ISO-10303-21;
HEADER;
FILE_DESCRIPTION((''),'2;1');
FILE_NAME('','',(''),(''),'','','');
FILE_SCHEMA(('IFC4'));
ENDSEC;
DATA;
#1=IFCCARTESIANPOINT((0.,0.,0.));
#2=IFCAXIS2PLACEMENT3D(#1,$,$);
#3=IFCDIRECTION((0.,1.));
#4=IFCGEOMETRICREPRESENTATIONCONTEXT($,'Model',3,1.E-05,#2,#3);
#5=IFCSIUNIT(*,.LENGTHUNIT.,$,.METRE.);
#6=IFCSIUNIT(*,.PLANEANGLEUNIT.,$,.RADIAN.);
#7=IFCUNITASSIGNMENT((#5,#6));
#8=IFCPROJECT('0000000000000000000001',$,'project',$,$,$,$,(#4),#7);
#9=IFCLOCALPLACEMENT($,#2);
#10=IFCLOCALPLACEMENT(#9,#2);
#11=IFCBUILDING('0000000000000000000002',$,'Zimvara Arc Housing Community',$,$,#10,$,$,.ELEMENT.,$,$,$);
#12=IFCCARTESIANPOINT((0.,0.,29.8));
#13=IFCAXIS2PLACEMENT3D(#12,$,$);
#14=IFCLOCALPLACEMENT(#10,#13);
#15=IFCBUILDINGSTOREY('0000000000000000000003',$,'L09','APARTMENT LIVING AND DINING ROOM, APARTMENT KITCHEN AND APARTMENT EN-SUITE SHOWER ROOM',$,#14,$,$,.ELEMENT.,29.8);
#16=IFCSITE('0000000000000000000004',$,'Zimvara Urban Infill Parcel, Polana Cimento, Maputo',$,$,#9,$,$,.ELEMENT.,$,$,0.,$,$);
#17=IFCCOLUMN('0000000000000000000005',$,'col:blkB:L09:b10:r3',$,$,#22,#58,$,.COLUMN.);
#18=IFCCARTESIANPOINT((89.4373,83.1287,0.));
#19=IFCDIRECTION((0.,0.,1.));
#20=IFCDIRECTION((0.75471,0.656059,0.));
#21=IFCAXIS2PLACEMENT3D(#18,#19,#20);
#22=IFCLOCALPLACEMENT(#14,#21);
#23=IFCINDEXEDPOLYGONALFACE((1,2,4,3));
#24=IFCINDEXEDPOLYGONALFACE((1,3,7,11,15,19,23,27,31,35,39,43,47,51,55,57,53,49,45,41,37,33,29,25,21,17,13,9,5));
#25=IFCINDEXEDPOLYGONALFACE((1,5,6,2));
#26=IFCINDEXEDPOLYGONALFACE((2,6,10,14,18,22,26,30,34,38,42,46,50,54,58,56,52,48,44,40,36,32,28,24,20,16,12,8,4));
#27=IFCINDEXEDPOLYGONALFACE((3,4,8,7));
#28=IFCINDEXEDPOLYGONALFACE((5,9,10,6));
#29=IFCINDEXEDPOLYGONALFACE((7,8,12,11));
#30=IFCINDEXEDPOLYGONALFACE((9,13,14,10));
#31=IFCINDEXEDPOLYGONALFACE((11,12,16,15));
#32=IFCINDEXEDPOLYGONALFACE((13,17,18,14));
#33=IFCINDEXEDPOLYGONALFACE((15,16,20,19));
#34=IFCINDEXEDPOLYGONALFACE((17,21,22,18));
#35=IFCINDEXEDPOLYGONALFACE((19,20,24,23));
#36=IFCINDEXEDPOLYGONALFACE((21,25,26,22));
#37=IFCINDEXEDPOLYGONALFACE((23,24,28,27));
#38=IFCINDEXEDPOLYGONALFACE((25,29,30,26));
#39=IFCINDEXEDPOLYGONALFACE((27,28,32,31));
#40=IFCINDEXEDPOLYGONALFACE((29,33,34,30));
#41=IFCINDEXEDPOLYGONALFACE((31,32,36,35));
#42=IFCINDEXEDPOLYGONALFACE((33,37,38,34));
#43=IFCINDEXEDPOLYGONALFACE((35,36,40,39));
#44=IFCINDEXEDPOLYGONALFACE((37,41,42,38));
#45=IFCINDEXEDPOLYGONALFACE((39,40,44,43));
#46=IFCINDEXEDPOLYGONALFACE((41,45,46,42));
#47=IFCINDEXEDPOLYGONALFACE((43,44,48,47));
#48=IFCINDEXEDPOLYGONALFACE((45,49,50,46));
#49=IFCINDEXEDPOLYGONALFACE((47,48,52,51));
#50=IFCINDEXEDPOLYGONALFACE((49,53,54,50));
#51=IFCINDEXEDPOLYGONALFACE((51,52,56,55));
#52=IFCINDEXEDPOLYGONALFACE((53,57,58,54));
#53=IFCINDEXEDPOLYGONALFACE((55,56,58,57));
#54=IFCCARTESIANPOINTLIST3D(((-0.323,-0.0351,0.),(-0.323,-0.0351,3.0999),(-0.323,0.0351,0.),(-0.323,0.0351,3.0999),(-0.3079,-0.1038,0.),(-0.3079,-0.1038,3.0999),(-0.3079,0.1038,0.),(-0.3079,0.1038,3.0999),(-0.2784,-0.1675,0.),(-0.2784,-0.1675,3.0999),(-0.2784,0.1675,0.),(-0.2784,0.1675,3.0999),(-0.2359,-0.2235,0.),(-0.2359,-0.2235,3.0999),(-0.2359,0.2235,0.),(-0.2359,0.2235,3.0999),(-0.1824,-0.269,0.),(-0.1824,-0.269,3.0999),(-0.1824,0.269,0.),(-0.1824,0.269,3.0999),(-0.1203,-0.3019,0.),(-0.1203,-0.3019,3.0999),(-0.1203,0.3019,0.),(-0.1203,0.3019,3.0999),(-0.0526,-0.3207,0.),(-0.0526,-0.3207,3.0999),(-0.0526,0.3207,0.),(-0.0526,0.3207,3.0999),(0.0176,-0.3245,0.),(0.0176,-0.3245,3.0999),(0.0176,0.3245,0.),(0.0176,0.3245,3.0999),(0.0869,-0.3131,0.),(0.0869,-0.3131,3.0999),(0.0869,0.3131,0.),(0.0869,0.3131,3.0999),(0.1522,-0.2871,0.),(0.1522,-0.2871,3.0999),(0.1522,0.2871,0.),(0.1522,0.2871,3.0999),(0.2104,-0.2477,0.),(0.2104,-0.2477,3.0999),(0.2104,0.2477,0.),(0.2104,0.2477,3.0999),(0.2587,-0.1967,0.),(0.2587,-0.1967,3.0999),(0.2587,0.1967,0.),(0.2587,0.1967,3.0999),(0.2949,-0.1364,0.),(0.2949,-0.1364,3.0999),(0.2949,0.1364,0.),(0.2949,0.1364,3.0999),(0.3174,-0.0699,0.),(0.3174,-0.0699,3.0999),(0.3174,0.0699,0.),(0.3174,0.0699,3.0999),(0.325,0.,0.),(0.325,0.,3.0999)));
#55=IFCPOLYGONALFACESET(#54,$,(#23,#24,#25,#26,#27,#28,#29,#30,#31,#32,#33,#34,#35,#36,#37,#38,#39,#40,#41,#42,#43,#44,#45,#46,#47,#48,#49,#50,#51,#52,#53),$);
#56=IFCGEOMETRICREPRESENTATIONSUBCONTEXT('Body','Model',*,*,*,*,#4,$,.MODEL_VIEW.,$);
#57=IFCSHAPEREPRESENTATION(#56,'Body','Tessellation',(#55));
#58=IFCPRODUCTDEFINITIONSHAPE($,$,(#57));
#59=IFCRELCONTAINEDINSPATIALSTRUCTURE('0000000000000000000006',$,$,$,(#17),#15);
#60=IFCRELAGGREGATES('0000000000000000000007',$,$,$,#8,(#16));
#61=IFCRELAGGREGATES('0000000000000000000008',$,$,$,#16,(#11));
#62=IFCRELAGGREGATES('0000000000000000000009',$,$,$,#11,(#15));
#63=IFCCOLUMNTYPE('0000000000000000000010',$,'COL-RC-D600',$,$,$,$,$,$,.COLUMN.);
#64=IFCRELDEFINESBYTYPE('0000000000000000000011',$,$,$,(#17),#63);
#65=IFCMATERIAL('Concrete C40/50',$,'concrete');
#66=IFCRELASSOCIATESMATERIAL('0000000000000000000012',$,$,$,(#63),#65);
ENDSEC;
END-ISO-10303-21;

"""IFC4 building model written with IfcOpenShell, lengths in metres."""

from ifc_helpers import new_model, si_unit, direction, frame, origin, origin_2d, place, context, subcontext, project, spatial, circle, extrude, material, material_profile, profile_set, type_object, element, save


model = new_model("IFC4")

# Units and contexts
model_context = context("Model", 3, precision=1e-05, world=origin(), true_north=direction((0.0, 1.0)))
body_context = subcontext(model_context, "Body", "Model", "MODEL_VIEW")
ifc_project = project(units=[si_unit("LENGTHUNIT", "METRE"), si_unit("PLANEANGLEUNIT", "RADIAN")], contexts=[model_context])

# Site, building, storey
site_placement = place(None, origin())
site = spatial("IfcSite", under=ifc_project, at=site_placement, Name="Zimvara Urban Infill Parcel, Polana Cimento, Maputo", CompositionType="ELEMENT", RefElevation=0.0)
building_placement = place(site_placement, origin())
building = spatial("IfcBuilding", under=site, at=building_placement, Name="Zimvara Arc Housing Community", CompositionType="ELEMENT")
storey_placement = place(building_placement, frame((0.0, 0.0, 29.8)))
storey = spatial("IfcBuildingStorey", under=building, at=storey_placement, Name="L09", Description="APARTMENT LIVING AND DINING ROOM, APARTMENT KITCHEN AND APARTMENT EN-SUITE SHOWER ROOM", CompositionType="ELEMENT", Elevation=29.8)

# Column
ifc_material_1 = material(Name="Concrete C40/50", Category="concrete")
ifc_material_profile_1 = material_profile(ifc_material_1, circle(Radius=0.325, at=origin_2d()), Name="RC D650")
ifc_profile_set_1 = profile_set([ifc_material_profile_1], Name="Concrete C40/50")
column_type_1 = type_object("IfcColumnType", Name="COL-RC-D600", PredefinedType="COLUMN", material=ifc_profile_set_1)
column_placement = place(storey_placement, frame((89.4373, 83.1287, 0.0), z_axis=(0.0, 0.0, 1.0), x_axis=(0.75471, 0.656059, 0.0)))
element("IfcColumn", 1, at=column_placement, inside=storey, type_object=column_type_1, Name="col:blkB:L09:b10:r3", PredefinedType="COLUMN", context=body_context, shape_type="SweptSolid", body=[
    extrude(circle(Radius=0.325, at=origin_2d()), origin(), (0.0, 0.0, 1.0), 3.0999),
])

save(model, "model.ifc")
